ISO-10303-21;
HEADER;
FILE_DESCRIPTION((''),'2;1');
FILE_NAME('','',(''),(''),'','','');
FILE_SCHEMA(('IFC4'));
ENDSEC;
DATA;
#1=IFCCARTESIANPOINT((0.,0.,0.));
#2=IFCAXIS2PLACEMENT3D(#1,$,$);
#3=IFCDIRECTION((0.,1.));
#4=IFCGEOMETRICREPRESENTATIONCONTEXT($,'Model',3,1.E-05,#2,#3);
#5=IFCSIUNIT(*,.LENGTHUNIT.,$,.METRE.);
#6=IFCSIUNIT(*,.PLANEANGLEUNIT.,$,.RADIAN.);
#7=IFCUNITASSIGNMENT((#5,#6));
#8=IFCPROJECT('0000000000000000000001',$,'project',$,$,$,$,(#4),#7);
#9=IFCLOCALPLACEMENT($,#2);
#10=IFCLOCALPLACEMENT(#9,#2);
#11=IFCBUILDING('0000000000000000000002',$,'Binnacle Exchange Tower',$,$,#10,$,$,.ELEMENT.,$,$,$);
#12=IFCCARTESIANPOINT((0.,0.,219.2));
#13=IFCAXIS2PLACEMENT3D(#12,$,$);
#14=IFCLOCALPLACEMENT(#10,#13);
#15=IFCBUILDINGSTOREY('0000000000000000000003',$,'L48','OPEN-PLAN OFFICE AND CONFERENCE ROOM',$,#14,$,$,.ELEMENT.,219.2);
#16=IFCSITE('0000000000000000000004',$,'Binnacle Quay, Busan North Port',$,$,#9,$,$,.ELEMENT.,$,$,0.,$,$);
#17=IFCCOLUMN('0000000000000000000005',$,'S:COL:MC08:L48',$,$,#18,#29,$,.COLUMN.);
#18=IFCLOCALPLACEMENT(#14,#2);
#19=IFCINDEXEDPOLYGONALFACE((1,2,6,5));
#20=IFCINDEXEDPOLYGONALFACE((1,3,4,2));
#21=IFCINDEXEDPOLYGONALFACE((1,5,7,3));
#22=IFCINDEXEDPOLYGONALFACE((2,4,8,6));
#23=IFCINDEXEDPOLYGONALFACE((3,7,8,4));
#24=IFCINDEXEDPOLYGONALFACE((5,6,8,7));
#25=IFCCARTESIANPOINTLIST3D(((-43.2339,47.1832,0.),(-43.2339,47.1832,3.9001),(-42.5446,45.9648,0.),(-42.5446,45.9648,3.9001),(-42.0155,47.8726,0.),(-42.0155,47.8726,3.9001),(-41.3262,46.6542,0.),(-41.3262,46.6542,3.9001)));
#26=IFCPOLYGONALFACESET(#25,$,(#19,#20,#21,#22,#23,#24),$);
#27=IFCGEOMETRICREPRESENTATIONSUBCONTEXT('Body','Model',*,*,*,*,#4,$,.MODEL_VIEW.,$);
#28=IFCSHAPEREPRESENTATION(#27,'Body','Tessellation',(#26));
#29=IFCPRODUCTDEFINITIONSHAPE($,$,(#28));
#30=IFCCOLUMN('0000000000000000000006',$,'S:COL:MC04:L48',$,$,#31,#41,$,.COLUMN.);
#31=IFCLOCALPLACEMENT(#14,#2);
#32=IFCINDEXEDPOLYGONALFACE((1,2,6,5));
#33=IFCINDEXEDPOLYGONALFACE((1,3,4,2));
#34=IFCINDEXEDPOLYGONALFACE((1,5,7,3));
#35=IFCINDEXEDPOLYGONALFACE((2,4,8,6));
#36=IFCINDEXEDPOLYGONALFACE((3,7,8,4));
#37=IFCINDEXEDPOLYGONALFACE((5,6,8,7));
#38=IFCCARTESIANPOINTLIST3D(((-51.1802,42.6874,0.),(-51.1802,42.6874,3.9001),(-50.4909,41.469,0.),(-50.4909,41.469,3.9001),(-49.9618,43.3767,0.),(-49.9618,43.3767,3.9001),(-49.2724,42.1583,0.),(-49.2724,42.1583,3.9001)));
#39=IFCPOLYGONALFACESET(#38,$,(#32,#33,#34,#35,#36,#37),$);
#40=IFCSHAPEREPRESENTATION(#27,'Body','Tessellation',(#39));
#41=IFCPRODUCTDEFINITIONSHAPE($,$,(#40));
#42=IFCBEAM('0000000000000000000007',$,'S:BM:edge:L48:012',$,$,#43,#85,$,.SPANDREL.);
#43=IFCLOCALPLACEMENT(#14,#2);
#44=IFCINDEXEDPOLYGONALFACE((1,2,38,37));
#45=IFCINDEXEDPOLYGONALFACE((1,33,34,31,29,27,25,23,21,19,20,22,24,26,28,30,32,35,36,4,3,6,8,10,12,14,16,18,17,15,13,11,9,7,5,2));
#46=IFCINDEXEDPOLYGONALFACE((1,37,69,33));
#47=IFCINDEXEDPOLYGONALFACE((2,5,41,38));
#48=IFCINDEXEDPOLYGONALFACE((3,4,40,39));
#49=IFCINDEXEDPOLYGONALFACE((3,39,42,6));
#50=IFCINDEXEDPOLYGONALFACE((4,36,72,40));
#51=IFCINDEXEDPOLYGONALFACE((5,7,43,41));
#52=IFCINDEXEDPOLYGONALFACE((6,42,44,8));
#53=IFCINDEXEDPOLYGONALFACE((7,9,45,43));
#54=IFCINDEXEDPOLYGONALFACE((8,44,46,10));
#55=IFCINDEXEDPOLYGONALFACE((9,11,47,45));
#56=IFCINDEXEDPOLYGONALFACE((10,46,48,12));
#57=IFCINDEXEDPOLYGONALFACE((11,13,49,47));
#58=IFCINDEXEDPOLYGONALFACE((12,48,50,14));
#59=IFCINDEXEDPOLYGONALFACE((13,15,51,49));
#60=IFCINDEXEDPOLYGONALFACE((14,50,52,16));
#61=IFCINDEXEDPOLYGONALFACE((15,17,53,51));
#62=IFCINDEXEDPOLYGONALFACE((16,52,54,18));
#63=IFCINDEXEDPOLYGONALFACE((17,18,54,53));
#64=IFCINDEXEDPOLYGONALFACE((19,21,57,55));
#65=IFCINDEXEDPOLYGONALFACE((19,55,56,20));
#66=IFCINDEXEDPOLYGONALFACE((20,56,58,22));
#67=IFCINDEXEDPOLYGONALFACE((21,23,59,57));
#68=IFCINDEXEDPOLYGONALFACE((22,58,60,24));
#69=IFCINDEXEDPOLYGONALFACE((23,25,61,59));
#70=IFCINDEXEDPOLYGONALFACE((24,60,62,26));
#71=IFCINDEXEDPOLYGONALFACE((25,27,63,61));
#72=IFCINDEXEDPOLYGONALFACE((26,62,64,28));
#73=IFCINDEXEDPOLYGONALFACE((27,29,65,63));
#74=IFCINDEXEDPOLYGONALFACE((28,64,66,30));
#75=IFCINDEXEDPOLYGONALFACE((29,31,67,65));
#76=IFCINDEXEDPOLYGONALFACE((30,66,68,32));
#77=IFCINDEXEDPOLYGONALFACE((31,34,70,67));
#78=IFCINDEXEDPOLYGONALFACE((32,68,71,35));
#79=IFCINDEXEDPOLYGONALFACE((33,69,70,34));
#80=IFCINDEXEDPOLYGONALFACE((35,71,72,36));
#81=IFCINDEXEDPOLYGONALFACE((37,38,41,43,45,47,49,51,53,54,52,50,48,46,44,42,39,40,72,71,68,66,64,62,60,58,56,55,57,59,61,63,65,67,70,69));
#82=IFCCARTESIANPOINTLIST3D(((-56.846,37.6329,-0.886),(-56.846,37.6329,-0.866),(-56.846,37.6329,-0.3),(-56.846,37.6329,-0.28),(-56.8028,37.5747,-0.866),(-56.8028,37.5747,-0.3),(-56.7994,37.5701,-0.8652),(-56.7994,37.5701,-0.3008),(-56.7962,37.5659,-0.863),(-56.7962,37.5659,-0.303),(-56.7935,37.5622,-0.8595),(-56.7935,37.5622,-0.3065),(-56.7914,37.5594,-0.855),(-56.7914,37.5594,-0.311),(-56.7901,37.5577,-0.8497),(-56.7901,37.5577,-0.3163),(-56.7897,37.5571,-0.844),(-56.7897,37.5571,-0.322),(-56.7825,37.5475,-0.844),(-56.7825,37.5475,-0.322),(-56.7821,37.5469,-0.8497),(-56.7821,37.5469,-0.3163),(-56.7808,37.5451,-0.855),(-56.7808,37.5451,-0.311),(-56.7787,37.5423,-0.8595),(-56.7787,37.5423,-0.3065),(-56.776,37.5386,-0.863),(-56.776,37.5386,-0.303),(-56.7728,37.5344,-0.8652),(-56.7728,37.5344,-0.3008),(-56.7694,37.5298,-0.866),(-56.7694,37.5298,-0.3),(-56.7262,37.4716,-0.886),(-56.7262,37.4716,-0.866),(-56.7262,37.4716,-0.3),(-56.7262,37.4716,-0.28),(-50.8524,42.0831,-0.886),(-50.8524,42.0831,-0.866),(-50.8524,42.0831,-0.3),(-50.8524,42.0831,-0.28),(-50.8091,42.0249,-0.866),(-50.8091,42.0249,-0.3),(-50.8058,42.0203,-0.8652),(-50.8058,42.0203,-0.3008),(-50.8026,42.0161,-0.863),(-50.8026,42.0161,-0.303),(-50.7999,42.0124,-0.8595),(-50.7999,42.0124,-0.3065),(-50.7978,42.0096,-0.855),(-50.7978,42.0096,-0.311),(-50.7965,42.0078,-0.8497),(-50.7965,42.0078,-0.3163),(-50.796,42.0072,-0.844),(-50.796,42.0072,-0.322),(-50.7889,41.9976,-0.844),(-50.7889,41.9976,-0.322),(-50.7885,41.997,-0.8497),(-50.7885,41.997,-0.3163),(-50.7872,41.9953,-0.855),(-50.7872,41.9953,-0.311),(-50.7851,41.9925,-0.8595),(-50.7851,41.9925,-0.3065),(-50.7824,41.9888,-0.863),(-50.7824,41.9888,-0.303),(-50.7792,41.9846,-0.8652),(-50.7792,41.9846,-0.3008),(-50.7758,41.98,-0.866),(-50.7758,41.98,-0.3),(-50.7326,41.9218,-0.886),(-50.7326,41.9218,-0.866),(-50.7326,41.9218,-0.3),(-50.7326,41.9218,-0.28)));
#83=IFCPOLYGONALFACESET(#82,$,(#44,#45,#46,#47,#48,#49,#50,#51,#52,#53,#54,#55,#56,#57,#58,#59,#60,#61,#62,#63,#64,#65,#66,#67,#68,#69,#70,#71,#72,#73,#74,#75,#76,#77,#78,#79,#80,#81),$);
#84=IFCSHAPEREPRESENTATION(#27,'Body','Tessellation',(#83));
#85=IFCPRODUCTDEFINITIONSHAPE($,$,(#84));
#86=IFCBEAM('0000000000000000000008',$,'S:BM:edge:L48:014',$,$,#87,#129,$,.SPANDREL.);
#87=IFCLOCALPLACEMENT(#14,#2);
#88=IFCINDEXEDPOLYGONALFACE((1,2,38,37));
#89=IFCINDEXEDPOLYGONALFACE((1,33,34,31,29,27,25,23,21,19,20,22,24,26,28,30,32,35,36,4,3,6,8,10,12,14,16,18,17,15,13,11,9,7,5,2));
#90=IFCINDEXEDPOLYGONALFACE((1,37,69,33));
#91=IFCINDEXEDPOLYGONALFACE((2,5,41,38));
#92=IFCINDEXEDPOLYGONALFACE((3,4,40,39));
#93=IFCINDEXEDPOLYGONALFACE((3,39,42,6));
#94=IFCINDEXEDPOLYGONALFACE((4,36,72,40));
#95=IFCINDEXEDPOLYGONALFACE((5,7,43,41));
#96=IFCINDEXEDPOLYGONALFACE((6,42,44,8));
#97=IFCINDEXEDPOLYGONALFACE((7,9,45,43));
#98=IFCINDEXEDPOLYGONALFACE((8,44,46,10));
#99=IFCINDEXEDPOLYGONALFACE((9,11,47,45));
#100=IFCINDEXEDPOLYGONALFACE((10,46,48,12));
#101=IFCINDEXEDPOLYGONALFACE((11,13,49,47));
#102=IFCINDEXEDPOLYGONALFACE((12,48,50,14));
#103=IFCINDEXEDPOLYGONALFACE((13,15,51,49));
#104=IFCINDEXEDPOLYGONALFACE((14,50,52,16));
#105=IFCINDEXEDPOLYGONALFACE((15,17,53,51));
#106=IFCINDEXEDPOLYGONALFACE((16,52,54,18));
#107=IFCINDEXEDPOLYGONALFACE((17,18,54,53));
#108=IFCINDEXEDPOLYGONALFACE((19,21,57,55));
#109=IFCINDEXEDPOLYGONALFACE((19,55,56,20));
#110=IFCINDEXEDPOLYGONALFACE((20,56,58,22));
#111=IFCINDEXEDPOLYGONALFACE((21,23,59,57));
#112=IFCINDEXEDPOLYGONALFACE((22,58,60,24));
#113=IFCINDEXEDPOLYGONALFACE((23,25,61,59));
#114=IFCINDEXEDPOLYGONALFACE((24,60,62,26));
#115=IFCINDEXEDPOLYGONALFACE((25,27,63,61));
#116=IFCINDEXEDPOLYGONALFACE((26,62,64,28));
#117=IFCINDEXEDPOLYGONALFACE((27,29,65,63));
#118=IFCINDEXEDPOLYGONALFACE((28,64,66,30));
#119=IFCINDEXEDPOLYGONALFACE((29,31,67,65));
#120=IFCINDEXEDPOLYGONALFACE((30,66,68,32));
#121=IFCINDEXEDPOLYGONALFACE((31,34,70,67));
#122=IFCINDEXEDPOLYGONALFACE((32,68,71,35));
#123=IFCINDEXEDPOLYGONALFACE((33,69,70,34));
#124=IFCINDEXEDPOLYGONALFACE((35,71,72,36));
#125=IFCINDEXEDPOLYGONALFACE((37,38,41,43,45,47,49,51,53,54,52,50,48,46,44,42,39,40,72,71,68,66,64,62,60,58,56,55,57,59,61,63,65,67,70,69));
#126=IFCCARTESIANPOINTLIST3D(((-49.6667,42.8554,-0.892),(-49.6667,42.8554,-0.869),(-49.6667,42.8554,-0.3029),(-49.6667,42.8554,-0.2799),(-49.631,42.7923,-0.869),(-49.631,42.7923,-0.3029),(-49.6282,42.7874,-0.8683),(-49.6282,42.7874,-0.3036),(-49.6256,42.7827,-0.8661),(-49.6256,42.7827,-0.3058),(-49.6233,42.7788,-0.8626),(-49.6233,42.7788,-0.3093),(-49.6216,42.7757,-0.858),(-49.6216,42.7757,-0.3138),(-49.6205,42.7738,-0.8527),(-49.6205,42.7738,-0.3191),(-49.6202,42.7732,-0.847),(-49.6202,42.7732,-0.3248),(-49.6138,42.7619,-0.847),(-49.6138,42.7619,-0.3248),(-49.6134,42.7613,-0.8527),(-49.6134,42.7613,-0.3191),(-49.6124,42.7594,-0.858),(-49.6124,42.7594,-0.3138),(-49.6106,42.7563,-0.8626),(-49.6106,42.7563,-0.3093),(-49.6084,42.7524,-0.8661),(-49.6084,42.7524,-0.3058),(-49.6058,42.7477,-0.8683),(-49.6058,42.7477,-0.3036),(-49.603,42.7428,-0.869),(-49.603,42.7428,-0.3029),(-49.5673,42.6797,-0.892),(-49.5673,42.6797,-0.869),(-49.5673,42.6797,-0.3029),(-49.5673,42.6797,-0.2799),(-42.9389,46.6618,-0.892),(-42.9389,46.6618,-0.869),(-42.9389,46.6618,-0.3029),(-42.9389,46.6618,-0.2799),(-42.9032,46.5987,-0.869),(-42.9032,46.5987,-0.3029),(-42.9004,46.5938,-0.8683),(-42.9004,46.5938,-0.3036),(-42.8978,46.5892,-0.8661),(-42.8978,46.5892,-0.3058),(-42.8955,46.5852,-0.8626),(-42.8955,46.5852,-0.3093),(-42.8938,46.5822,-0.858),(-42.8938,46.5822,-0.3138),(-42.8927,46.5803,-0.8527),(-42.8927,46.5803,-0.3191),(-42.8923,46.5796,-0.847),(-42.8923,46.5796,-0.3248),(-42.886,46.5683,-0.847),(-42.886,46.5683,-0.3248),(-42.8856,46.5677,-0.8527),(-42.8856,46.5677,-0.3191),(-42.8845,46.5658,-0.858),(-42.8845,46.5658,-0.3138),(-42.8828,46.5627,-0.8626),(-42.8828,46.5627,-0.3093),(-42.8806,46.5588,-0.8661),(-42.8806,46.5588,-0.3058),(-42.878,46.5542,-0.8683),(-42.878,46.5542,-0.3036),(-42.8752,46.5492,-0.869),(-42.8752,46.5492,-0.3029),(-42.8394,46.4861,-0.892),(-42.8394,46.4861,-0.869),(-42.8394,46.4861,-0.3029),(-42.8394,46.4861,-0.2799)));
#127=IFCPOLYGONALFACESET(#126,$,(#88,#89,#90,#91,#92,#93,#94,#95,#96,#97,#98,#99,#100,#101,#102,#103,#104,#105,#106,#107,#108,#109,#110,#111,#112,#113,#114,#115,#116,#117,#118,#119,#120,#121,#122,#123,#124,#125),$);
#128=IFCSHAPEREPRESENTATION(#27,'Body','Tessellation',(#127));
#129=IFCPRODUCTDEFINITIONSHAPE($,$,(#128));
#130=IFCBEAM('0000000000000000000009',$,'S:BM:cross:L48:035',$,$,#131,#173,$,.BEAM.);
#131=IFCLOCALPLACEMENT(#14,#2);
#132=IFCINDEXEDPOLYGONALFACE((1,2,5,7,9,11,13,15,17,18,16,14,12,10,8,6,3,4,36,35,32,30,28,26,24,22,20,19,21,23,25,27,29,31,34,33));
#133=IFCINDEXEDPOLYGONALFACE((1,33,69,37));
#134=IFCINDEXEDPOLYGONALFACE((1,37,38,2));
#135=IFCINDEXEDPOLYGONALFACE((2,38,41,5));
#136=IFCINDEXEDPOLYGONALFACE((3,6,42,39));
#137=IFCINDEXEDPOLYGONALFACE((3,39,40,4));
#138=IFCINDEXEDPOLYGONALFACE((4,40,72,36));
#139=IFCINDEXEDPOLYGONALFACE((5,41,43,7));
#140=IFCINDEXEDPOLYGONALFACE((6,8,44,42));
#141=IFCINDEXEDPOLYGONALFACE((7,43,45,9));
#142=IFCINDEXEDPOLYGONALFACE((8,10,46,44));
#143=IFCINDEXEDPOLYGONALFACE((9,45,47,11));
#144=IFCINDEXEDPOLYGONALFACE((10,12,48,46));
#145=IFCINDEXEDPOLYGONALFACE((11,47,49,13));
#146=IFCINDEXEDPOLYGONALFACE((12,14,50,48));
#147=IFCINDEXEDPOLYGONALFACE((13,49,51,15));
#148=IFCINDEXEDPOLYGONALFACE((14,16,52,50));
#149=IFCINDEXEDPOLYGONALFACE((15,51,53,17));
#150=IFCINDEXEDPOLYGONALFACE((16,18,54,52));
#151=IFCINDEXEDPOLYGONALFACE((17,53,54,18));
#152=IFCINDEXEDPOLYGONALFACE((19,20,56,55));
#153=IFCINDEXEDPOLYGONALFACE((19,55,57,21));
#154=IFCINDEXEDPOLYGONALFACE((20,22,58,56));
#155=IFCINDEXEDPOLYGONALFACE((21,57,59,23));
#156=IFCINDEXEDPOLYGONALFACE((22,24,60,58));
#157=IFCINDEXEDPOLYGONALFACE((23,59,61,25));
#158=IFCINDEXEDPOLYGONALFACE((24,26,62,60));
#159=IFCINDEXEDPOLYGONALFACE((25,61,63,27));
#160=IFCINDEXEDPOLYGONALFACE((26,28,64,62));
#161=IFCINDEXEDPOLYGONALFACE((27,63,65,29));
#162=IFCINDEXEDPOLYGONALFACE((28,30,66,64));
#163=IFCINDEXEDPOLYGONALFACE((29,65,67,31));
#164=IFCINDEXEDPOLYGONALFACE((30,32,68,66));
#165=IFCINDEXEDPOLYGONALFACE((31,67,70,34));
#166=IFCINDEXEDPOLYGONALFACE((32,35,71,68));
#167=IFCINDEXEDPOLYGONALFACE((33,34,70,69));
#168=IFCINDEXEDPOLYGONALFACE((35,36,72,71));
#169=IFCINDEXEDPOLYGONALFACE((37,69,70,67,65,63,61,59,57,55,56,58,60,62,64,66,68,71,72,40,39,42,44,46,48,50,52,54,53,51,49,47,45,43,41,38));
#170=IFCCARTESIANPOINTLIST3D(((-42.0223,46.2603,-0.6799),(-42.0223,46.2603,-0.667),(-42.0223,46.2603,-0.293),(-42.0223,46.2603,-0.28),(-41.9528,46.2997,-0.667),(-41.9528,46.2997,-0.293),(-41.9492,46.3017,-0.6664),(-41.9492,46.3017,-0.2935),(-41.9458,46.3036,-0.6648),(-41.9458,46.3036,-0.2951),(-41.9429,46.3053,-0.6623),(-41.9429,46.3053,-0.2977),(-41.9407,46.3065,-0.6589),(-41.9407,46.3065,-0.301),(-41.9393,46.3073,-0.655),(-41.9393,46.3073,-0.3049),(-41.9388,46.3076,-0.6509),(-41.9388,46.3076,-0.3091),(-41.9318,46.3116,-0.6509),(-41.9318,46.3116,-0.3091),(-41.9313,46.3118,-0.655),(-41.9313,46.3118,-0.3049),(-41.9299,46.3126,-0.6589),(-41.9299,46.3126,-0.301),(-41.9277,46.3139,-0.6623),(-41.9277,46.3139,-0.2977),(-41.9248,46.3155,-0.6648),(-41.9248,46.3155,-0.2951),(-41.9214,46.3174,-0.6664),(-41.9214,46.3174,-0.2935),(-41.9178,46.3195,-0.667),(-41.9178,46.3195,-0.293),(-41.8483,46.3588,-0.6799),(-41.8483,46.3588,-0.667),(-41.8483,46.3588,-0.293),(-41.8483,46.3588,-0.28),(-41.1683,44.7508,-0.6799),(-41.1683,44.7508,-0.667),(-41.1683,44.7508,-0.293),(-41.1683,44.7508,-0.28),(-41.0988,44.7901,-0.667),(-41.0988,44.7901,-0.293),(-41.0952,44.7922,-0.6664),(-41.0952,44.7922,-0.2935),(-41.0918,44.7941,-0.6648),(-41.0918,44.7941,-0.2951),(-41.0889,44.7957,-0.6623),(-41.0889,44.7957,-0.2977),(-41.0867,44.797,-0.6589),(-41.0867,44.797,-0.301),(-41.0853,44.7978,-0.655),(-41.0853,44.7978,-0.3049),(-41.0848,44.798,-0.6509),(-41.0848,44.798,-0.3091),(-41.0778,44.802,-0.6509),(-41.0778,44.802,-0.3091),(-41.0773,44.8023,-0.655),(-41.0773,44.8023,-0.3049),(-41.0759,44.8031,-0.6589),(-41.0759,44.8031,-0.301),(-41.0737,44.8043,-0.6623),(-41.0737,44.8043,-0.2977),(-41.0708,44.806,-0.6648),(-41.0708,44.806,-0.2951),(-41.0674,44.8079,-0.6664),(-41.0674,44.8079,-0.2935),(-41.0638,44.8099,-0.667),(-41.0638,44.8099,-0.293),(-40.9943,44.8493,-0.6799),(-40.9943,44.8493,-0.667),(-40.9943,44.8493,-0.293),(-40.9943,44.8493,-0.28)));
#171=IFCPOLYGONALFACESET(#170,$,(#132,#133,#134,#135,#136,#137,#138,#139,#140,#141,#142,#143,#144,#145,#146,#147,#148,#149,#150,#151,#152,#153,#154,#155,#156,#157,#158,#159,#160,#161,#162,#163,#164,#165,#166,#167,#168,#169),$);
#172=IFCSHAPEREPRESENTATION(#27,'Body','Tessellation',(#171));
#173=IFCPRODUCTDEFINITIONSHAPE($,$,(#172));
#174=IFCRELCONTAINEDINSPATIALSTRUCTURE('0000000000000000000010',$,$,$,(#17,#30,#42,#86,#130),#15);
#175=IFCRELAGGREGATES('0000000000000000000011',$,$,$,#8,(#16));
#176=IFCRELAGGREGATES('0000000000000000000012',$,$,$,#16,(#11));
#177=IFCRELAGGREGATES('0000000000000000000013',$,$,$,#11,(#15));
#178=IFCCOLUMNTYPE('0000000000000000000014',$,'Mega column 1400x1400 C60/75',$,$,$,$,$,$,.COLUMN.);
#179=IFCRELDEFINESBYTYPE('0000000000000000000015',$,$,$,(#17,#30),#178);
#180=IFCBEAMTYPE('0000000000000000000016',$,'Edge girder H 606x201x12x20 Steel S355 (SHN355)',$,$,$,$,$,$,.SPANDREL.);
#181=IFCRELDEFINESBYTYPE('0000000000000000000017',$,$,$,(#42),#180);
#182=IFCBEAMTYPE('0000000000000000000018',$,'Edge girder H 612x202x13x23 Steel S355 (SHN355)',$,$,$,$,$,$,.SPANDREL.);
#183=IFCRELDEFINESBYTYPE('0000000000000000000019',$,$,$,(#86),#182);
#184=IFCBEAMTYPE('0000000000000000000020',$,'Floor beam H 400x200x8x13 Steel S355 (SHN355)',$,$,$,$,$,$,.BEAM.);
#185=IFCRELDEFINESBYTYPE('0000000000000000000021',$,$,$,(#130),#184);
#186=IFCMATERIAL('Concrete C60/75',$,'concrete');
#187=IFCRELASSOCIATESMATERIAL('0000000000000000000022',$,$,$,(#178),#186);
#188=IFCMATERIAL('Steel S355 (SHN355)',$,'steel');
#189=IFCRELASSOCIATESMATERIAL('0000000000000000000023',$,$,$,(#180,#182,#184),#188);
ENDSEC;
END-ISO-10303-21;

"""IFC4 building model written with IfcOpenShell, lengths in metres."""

from ifc_helpers import new_model, si_unit, direction, frame, origin, origin_2d, place, context, subcontext, project, spatial, rectangle, i_section, extrude, material, material_profile, profile_set, type_object, element, save


model = new_model("IFC4")

# Units and contexts
model_context = context("Model", 3, precision=1e-05, world=origin(), true_north=direction((0.0, 1.0)))
body_context = subcontext(model_context, "Body", "Model", "MODEL_VIEW")
ifc_project = project(units=[si_unit("LENGTHUNIT", "METRE"), si_unit("PLANEANGLEUNIT", "RADIAN")], contexts=[model_context])

# Site, building, storey
site_placement = place(None, origin())
site = spatial("IfcSite", under=ifc_project, at=site_placement, Name="Binnacle Quay, Busan North Port", CompositionType="ELEMENT", RefElevation=0.0)
building_placement = place(site_placement, origin())
building = spatial("IfcBuilding", under=site, at=building_placement, Name="Binnacle Exchange Tower", CompositionType="ELEMENT")
storey_placement = place(building_placement, frame((0.0, 0.0, 219.2)))
storey = spatial("IfcBuildingStorey", under=building, at=storey_placement, Name="L48", Description="OPEN-PLAN OFFICE AND CONFERENCE ROOM", CompositionType="ELEMENT", Elevation=219.2)

# Columns
ifc_material_1 = material(Name="Concrete C60/75", Category="concrete")
ifc_material_profile_1 = material_profile(ifc_material_1, rectangle(XDim=1.3999, YDim=1.3999, at=origin_2d()), Name="Mega column 1400x1400 C60/75")
ifc_profile_set_1 = profile_set([ifc_material_profile_1], Name="Concrete C60/75")
column_type = type_object("IfcColumnType", Name="Mega column 1400x1400 C60/75", PredefinedType="COLUMN", material=ifc_profile_set_1)
for number, where, z_axis, x_axis, name in (
    (1, (-42.28, 46.9187, 0.0), (0.0, 0.0, 1.0), (-0.870356, -0.492424, 0.0), "S:COL:MC08:L48"),
    (2, (-50.2263, 42.4229, 0.0), (0.0, 0.0, 1.0), (-0.870356, -0.492424, 0.0), "S:COL:MC04:L48"),
):
    element("IfcColumn", number, at=place(storey_placement, frame(where, z_axis=z_axis, x_axis=x_axis)), inside=storey, type_object=column_type, Name=name, PredefinedType="COLUMN", context=body_context, shape_type="SweptSolid", body=[
        extrude(rectangle(XDim=1.3999, YDim=1.3999, at=origin_2d()), origin(), (0.0, 0.0, 1.0), 3.9001),
    ])

# Beams
ifc_material_2 = material(Name="Steel S355 (SHN355)", Category="steel")
ifc_material_profile_2 = material_profile(ifc_material_2, i_section(OverallWidth=0.2009, OverallDepth=0.606, WebThickness=0.012, FlangeThickness=0.02, FilletRadius=0.022, at=origin_2d()), Name="H 606x201x12x20")
ifc_profile_set_2 = profile_set([ifc_material_profile_2], Name="Steel S355 (SHN355)")
beam_type_1 = type_object("IfcBeamType", Name="Edge girder H 606x201x12x20 Steel S355 (SHN355)", PredefinedType="SPANDREL", material=ifc_profile_set_2)
beam_1_placement = place(storey_placement, frame((-50.7925, 42.0024, -0.583), z_axis=(-0.802887, -0.596131, 0.0), x_axis=(0.596131, -0.802887, 0.0)))
element("IfcBeam", 3, at=beam_1_placement, inside=storey, type_object=beam_type_1, Name="S:BM:edge:L48:012", PredefinedType="SPANDREL", context=body_context, shape_type="SweptSolid", body=[
    extrude(i_section(OverallWidth=0.2009, OverallDepth=0.606, WebThickness=0.012, FlangeThickness=0.02, FilletRadius=0.022, at=origin_2d()), origin(), (0.0, 0.0, 1.0), 7.4651),
])
ifc_material_profile_3 = material_profile(ifc_material_2, i_section(OverallWidth=0.2019, OverallDepth=0.6121, WebThickness=0.0129, FlangeThickness=0.0229, FilletRadius=0.022, at=origin_2d()), Name="H 612x202x13x23")
ifc_profile_set_3 = profile_set([ifc_material_profile_3], Name="Steel S355 (SHN355)")
beam_type_2 = type_object("IfcBeamType", Name="Edge girder H 612x202x13x23 Steel S355 (SHN355)", PredefinedType="SPANDREL", material=ifc_profile_set_3)
beam_2_placement = place(storey_placement, frame((-42.8892, 46.574, -0.5859), z_axis=(-0.870356, -0.492424, 0.0), x_axis=(0.492424, -0.870356, 0.0)))
element("IfcBeam", 4, at=beam_2_placement, inside=storey, type_object=beam_type_2, Name="S:BM:edge:L48:014", PredefinedType="SPANDREL", context=body_context, shape_type="SweptSolid", body=[
    extrude(i_section(OverallWidth=0.2019, OverallDepth=0.6121, WebThickness=0.0129, FlangeThickness=0.0229, FilletRadius=0.022, at=origin_2d()), origin(), (0.0, 0.0, 1.0), 7.73),
])
ifc_material_profile_4 = material_profile(ifc_material_2, i_section(OverallWidth=0.2, OverallDepth=0.3999, WebThickness=0.0081, FlangeThickness=0.0129, FilletRadius=0.0161, at=origin_2d()), Name="H 400x200x8x13")
ifc_profile_set_4 = profile_set([ifc_material_profile_4], Name="Steel S355 (SHN355)")
beam_type_3 = type_object("IfcBeamType", Name="Floor beam H 400x200x8x13 Steel S355 (SHN355)", PredefinedType="BEAM", material=ifc_profile_set_4)
beam_3_placement = place(storey_placement, frame((-41.9353, 46.3096, -0.48), z_axis=(0.492405, -0.870366, 0.0), x_axis=(0.870366, 0.492405, 0.0)))
element("IfcBeam", 5, at=beam_3_placement, inside=storey, type_object=beam_type_3, Name="S:BM:cross:L48:035", PredefinedType="BEAM", context=body_context, shape_type="SweptSolid", body=[
    extrude(i_section(OverallWidth=0.2, OverallDepth=0.3999, WebThickness=0.0081, FlangeThickness=0.0129, FilletRadius=0.0161, at=origin_2d()), origin(), (0.0, 0.0, 1.0), 1.7344),
])

save(model, "model.ifc")
